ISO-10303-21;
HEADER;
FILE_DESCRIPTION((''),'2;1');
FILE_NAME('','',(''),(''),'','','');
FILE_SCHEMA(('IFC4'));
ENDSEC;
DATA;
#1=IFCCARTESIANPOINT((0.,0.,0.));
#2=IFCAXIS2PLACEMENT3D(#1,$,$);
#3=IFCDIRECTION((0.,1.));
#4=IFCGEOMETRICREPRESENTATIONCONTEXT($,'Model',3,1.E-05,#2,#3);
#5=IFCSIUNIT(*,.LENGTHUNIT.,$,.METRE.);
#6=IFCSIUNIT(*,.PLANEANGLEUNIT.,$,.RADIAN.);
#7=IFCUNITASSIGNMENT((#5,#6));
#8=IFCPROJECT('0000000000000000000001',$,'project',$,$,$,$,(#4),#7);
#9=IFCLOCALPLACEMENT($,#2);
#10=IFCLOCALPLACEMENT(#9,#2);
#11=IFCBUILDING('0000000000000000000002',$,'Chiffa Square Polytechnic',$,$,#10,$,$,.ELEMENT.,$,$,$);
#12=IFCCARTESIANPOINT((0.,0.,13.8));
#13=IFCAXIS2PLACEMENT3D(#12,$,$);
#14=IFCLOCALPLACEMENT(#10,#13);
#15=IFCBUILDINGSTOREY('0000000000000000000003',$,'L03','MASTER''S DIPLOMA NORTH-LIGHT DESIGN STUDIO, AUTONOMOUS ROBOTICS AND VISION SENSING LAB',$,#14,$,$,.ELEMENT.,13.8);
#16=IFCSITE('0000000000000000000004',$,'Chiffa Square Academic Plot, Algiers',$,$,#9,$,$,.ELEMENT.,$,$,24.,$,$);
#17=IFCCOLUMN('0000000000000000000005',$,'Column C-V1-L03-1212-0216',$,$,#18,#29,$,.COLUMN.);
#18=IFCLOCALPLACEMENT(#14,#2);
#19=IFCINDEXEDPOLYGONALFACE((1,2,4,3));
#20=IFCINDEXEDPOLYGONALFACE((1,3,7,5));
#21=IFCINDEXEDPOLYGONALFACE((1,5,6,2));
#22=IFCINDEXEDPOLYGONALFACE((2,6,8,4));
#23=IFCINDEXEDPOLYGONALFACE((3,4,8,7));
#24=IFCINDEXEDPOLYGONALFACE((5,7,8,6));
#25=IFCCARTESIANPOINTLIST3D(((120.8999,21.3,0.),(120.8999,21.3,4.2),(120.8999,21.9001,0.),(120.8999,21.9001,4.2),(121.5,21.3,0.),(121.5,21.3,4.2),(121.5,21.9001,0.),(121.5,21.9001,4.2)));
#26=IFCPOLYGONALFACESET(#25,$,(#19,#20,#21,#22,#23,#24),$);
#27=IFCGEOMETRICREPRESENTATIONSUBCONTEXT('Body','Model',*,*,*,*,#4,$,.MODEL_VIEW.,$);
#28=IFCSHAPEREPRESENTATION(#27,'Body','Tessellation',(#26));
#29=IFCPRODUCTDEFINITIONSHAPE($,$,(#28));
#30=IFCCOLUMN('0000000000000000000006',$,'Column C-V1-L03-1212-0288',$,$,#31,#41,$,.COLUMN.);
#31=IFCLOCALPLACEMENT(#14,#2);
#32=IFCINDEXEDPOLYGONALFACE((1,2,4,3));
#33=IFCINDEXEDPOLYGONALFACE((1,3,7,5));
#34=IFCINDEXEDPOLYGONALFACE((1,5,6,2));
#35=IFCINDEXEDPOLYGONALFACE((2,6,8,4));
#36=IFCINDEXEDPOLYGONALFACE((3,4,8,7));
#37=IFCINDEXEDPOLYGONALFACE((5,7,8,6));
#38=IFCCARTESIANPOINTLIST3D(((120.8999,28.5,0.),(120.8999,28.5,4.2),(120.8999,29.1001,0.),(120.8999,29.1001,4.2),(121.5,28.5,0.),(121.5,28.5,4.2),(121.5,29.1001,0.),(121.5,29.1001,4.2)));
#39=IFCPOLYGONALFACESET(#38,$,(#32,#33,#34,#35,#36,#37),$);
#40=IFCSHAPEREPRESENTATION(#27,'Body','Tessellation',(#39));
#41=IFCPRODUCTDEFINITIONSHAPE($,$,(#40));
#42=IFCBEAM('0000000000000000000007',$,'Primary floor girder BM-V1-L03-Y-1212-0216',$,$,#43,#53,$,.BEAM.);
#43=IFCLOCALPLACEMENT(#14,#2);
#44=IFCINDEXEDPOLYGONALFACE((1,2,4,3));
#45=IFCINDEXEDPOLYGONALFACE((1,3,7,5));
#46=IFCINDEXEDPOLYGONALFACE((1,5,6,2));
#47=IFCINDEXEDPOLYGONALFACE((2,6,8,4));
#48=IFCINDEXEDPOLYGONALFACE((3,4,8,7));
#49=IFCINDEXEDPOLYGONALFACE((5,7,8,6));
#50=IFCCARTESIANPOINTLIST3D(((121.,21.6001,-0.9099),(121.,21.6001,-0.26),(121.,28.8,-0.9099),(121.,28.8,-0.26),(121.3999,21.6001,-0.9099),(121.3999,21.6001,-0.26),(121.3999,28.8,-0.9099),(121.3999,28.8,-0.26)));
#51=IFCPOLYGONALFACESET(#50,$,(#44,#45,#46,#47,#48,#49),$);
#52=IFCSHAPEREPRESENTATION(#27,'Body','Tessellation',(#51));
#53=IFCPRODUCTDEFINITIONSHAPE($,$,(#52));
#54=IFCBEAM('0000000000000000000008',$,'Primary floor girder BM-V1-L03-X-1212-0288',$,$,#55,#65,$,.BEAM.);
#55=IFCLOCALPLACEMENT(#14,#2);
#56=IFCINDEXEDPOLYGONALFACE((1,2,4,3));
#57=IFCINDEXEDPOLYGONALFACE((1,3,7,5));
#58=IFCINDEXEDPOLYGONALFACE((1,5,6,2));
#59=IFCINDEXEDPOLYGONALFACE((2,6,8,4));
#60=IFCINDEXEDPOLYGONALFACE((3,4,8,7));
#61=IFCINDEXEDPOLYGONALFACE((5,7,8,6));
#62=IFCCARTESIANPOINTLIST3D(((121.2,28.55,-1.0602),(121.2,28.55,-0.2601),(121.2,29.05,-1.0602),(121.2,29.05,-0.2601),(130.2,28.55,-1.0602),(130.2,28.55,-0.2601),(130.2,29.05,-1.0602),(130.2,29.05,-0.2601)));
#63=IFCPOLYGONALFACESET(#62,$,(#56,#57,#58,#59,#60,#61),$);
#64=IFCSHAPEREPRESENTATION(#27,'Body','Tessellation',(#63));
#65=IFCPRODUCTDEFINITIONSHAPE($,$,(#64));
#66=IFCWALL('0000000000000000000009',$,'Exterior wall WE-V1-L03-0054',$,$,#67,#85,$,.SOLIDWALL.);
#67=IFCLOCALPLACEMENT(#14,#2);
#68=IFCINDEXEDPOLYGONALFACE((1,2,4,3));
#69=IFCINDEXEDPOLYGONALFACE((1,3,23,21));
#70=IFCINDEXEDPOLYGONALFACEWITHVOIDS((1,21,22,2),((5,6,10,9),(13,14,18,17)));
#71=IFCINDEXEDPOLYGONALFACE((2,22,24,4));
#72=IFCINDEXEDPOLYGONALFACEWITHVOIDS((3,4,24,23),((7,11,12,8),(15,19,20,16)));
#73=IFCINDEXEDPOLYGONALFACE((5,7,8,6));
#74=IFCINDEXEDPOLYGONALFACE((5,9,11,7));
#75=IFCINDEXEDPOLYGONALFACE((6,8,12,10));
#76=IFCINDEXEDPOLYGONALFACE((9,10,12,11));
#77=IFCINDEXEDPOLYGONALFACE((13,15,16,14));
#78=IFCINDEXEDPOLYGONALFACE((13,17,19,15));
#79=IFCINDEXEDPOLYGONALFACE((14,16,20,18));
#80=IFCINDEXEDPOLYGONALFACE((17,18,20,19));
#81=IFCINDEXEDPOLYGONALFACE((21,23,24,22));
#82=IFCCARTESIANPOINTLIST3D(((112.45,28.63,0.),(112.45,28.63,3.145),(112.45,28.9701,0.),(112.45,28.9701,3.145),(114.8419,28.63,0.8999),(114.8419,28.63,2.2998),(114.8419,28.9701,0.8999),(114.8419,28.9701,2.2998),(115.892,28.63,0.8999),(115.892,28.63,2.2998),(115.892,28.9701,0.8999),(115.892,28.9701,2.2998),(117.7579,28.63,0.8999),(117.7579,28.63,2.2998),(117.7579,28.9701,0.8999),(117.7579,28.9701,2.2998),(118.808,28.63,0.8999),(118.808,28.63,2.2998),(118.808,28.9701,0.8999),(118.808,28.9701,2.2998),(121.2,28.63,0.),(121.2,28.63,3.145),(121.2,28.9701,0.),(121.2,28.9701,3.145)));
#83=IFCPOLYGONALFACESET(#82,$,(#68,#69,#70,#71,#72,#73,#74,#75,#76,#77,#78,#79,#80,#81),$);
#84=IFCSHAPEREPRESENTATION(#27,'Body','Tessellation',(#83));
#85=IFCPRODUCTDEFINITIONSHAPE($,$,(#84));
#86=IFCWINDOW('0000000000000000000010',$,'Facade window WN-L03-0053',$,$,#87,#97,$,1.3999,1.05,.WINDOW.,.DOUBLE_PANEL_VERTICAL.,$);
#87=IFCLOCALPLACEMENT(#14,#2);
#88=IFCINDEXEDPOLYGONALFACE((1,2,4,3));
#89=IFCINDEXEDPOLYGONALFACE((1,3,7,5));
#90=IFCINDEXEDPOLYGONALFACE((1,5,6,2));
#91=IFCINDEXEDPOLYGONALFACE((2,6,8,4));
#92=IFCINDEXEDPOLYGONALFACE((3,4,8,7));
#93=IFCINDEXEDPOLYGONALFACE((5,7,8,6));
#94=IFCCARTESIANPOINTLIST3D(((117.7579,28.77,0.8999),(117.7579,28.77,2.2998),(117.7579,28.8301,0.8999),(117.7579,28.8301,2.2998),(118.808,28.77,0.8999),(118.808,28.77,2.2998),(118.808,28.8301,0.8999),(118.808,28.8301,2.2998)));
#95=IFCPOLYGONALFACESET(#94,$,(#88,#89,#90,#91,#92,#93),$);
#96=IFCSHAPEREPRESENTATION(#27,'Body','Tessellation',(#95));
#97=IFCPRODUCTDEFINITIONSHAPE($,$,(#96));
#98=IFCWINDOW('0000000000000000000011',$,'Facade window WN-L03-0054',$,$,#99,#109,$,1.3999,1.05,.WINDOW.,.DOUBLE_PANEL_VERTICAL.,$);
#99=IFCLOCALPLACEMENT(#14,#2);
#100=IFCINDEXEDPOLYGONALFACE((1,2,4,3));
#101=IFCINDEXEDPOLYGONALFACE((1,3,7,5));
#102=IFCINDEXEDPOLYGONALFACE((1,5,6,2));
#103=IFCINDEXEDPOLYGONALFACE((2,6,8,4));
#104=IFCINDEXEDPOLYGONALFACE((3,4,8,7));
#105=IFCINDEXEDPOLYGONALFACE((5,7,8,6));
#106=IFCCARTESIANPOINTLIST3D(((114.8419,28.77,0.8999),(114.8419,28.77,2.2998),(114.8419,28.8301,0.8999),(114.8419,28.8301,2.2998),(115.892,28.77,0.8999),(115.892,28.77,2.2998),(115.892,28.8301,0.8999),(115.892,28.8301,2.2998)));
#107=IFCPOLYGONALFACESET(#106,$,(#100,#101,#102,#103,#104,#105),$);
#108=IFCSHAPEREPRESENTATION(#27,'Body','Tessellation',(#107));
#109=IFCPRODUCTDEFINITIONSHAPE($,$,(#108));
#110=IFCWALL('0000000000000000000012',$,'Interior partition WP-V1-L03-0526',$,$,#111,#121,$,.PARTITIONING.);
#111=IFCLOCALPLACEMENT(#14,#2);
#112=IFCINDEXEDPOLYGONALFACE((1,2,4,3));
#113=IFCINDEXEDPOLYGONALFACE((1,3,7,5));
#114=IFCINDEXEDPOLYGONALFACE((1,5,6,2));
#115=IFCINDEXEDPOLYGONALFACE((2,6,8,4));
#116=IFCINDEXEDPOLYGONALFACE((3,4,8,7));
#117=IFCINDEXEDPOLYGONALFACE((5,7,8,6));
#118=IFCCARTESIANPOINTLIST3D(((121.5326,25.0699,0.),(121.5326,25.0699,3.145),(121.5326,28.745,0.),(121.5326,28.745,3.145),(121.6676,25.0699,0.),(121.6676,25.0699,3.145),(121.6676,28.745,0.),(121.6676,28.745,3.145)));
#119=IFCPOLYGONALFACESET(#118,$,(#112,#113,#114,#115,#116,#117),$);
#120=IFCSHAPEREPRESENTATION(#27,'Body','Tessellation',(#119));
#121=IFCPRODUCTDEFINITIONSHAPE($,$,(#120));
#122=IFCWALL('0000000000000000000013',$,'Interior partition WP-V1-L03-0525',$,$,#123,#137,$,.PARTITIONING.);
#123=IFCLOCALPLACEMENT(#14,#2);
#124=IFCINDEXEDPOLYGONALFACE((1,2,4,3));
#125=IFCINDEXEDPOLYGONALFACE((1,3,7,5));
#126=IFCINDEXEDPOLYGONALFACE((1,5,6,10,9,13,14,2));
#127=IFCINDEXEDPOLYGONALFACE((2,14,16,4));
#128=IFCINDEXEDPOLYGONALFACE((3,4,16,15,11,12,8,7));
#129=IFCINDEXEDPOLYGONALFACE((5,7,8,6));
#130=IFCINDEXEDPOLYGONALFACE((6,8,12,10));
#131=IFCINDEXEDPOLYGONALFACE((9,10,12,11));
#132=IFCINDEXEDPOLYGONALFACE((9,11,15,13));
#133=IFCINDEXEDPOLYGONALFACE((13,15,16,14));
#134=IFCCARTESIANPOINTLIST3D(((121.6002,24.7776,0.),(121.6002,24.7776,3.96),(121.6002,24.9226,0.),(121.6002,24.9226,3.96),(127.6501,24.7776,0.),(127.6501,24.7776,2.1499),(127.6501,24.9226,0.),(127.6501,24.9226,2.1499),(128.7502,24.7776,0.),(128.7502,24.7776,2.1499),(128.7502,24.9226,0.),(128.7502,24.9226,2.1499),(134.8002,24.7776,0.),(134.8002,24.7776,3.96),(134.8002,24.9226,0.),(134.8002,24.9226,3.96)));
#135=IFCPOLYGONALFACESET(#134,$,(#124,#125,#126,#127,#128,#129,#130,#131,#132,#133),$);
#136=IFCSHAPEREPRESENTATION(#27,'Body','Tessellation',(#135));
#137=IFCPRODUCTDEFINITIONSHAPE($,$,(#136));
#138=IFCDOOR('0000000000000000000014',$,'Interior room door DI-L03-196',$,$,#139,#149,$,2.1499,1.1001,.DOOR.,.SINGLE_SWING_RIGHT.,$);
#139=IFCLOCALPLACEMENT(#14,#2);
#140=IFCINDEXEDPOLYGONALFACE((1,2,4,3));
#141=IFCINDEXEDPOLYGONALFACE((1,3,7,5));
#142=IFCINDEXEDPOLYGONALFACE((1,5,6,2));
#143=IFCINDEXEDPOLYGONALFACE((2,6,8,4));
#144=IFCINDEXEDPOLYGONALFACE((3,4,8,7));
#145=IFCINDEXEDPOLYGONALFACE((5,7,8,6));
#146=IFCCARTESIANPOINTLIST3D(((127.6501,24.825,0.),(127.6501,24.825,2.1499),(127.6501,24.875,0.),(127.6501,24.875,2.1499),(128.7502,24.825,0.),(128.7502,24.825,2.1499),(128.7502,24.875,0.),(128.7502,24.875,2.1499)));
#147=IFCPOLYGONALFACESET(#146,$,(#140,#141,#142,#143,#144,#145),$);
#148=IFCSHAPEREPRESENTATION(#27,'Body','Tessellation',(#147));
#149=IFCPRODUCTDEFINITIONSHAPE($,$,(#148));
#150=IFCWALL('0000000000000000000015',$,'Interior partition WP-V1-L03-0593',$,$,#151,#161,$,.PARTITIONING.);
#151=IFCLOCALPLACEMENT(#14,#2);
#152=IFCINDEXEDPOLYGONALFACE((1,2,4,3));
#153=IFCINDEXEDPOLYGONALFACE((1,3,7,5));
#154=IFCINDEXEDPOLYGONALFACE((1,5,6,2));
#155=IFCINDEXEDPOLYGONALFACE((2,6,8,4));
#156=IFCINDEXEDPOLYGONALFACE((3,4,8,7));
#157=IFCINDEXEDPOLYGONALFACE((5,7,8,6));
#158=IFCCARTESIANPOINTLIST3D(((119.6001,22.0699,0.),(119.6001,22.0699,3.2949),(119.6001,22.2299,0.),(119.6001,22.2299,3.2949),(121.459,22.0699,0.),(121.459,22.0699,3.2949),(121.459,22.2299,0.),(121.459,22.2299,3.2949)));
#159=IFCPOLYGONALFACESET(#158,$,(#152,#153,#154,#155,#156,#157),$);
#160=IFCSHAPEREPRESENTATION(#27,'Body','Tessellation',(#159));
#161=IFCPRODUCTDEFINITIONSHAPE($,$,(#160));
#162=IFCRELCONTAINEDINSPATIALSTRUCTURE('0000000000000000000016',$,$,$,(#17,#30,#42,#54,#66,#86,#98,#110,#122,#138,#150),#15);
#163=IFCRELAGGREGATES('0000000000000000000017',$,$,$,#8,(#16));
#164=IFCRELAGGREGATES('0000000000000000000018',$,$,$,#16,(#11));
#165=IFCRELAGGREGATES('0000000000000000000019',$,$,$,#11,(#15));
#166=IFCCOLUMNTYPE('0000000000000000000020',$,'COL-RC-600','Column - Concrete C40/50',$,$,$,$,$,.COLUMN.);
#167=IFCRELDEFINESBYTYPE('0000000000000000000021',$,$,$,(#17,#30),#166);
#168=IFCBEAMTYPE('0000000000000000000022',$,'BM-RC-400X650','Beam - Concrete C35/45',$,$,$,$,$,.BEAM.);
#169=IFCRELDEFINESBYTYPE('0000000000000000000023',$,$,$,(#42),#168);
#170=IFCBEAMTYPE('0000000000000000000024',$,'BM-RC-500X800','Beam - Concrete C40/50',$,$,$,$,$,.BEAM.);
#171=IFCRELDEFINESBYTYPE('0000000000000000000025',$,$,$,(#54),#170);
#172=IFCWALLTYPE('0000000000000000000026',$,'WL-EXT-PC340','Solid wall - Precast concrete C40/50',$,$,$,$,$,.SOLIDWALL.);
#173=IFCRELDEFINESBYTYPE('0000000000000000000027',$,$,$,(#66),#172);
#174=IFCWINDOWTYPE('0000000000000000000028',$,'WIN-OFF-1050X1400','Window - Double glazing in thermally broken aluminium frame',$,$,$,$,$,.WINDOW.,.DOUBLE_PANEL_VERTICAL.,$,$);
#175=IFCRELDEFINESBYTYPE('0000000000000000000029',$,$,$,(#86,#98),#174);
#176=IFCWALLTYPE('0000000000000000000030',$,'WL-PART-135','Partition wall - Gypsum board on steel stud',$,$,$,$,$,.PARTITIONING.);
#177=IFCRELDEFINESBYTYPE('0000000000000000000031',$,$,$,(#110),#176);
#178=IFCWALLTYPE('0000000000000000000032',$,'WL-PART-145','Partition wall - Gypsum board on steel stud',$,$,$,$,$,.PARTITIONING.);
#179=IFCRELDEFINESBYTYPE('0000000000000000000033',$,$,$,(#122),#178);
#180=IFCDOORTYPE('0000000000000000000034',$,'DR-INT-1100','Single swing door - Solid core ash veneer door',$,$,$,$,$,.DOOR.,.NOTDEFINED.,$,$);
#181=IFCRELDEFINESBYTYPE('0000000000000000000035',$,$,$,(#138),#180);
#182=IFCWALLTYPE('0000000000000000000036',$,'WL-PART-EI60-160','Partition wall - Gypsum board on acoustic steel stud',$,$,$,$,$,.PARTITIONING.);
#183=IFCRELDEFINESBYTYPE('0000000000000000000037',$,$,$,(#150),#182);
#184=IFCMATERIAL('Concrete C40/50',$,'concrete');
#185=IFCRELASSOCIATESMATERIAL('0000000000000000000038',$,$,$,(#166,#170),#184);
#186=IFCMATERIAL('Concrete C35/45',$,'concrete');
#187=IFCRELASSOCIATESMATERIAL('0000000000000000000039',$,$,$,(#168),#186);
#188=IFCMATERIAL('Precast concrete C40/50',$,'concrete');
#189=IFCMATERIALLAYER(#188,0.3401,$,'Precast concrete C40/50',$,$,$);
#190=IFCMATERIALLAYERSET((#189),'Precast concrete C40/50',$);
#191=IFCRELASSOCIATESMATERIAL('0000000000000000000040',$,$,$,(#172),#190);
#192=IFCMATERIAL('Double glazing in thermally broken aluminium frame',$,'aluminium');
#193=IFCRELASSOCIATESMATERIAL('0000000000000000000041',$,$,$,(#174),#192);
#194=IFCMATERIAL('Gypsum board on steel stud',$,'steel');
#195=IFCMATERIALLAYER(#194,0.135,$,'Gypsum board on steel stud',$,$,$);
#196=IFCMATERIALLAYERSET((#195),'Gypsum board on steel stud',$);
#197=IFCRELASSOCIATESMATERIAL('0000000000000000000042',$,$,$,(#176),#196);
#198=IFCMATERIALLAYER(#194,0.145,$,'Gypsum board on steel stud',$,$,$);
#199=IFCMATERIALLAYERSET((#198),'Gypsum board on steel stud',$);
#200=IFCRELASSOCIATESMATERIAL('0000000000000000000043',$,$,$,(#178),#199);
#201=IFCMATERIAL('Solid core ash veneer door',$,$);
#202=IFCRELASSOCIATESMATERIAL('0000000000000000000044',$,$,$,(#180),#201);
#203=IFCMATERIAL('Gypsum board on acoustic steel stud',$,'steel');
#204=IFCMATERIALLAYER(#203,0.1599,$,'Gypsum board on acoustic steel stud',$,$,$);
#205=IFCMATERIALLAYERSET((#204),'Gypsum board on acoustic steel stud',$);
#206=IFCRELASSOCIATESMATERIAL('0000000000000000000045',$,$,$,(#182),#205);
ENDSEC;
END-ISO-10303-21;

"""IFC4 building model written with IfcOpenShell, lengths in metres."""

from ifc_helpers import new_model, si_unit, direction, frame, frame_2d, origin, origin_2d, place, context, subcontext, project, spatial, rectangle, extrude, material, layer, layer_set, material_profile, profile_set, type_object, element, fill, save


model = new_model("IFC4")

# Units and contexts
model_context = context("Model", 3, precision=1e-05, world=origin(), true_north=direction((0.0, 1.0)))
body_context = subcontext(model_context, "Body", "Model", "MODEL_VIEW")
ifc_project = project(units=[si_unit("LENGTHUNIT", "METRE"), si_unit("PLANEANGLEUNIT", "RADIAN")], contexts=[model_context])

# Site, building, storey
site_placement = place(None, origin())
site = spatial("IfcSite", under=ifc_project, at=site_placement, Name="Chiffa Square Academic Plot, Algiers", CompositionType="ELEMENT", RefElevation=24.0)
building_placement = place(site_placement, origin())
building = spatial("IfcBuilding", under=site, at=building_placement, Name="Chiffa Square Polytechnic", CompositionType="ELEMENT")
storey_placement = place(building_placement, frame((0.0, 0.0, 13.8)))
storey = spatial("IfcBuildingStorey", under=building, at=storey_placement, Name="L03", Description="MASTER'S DIPLOMA NORTH-LIGHT DESIGN STUDIO, AUTONOMOUS ROBOTICS AND VISION SENSING LAB", CompositionType="ELEMENT", Elevation=13.8)

# Columns
ifc_material_1 = material(Name="Concrete C40/50", Category="concrete")
ifc_material_profile_1 = material_profile(ifc_material_1, rectangle(XDim=0.6001, YDim=0.6001, at=origin_2d()), Name="RC 600x600")
ifc_profile_set_1 = profile_set([ifc_material_profile_1], Name="Concrete C40/50")
column_type = type_object("IfcColumnType", Name="COL-RC-600", Description="Column - Concrete C40/50", PredefinedType="COLUMN", material=ifc_profile_set_1)
for number, where, z_axis, x_axis, name in (
    (1, (121.2, 21.6001, 0.0), (0.0, 0.0, 1.0), (1.0, 0.0, 0.0), "Column C-V1-L03-1212-0216"),
    (2, (121.2, 28.8, 0.0), (0.0, 0.0, 1.0), (1.0, 0.0, 0.0), "Column C-V1-L03-1212-0288"),
):
    element("IfcColumn", number, at=place(storey_placement, frame(where, z_axis=z_axis, x_axis=x_axis)), inside=storey, type_object=column_type, Name=name, PredefinedType="COLUMN", context=body_context, shape_type="SweptSolid", body=[
        extrude(rectangle(XDim=0.6001, YDim=0.6001, at=origin_2d()), origin(), (0.0, 0.0, 1.0), 4.2),
    ])

# Beams
ifc_material_2 = material(Name="Concrete C35/45", Category="concrete")
ifc_material_profile_2 = material_profile(ifc_material_2, rectangle(XDim=0.3999, YDim=0.6499, at=origin_2d()), Name="RC 400x650")
ifc_profile_set_2 = profile_set([ifc_material_profile_2], Name="Concrete C35/45")
beam_type_1 = type_object("IfcBeamType", Name="BM-RC-400X650", Description="Beam - Concrete C35/45", PredefinedType="BEAM", material=ifc_profile_set_2)
beam_1_placement = place(storey_placement, frame((121.2, 21.6001, -0.585), z_axis=(0.0, 1.0, 0.0), x_axis=(-1.0, 0.0, 0.0)))
element("IfcBeam", 3, at=beam_1_placement, inside=storey, type_object=beam_type_1, Name="Primary floor girder BM-V1-L03-Y-1212-0216", PredefinedType="BEAM", context=body_context, shape_type="SweptSolid", body=[
    extrude(rectangle(XDim=0.3999, YDim=0.6499, at=origin_2d()), origin(), (0.0, 0.0, 1.0), 7.2),
])
ifc_material_profile_3 = material_profile(ifc_material_1, rectangle(XDim=0.5, YDim=0.8, at=origin_2d()), Name="RC 500x800")
ifc_profile_set_3 = profile_set([ifc_material_profile_3], Name="Concrete C40/50")
beam_type_2 = type_object("IfcBeamType", Name="BM-RC-500X800", Description="Beam - Concrete C40/50", PredefinedType="BEAM", material=ifc_profile_set_3)
beam_2_placement = place(storey_placement, frame((121.2, 28.8, -0.6602), z_axis=(1.0, 0.0, 0.0), x_axis=(0.0, 1.0, 0.0)))
element("IfcBeam", 4, at=beam_2_placement, inside=storey, type_object=beam_type_2, Name="Primary floor girder BM-V1-L03-X-1212-0288", PredefinedType="BEAM", context=body_context, shape_type="SweptSolid", body=[
    extrude(rectangle(XDim=0.5, YDim=0.8, at=origin_2d()), origin(), (0.0, 0.0, 1.0), 9.0),
])

# Wall, openings, windows
ifc_material_3 = material(Name="Precast concrete C40/50", Category="concrete")
ifc_layer_1 = layer(ifc_material_3, 0.3401, Name="Precast concrete C40/50")
ifc_layer_set_1 = layer_set([ifc_layer_1], Name="Precast concrete C40/50")
wall_type_1 = type_object("IfcWallType", Name="WL-EXT-PC340", Description="Solid wall - Precast concrete C40/50", PredefinedType="SOLIDWALL", material=ifc_layer_set_1)
wall_1_placement = place(storey_placement, frame((121.2, 28.8, 0.0), z_axis=(0.0, 0.0, 1.0), x_axis=(-1.0, 0.0, 0.0)))
wall_1 = element("IfcWall", 5, at=wall_1_placement, inside=storey, type_object=wall_type_1, Name="Exterior wall WE-V1-L03-0054", PredefinedType="SOLIDWALL", context=body_context, shape_type="SweptSolid", body=[
    extrude(rectangle(XDim=8.75, YDim=0.3401, at=frame_2d((4.375, 0.0))), origin(), (0.0, 0.0, 1.0), 3.145),
])
opening_1_placement = place(wall_1_placement, frame((2.3921, 0.0, 0.8999)))
opening_1 = element("IfcOpeningElement", 6, at=opening_1_placement, cuts=wall_1, PredefinedType="OPENING", context=body_context, shape_type="SweptSolid", body=[
    extrude(rectangle(XDim=1.05, YDim=1.3999, at=frame_2d((0.5249, 0.7))), frame((0.0, 0.1802, 0.0), z_axis=(0.0, -1.0, 0.0), x_axis=(1.0, 0.0, 0.0)), (0.0, 0.0, 1.0), 0.3601),
])
opening_2_placement = place(wall_1_placement, frame((5.3081, 0.0, 0.8999)))
opening_2 = element("IfcOpeningElement", 7, at=opening_2_placement, cuts=wall_1, PredefinedType="OPENING", context=body_context, shape_type="SweptSolid", body=[
    extrude(rectangle(XDim=1.05, YDim=1.3999, at=frame_2d((0.5249, 0.7))), frame((0.0, 0.1802, 0.0), z_axis=(0.0, -1.0, 0.0), x_axis=(1.0, 0.0, 0.0)), (0.0, 0.0, 1.0), 0.3601),
])
ifc_material_4 = material(Name="Double glazing in thermally broken aluminium frame", Category="aluminium")
window_type = type_object("IfcWindowType", Name="WIN-OFF-1050X1400", Description="Window - Double glazing in thermally broken aluminium frame", PartitioningType="DOUBLE_PANEL_VERTICAL", PredefinedType="WINDOW", material=ifc_material_4)
window_1_placement = place(opening_1_placement, origin())
window_1 = element("IfcWindow", 8, at=window_1_placement, inside=storey, type_object=window_type, Name="Facade window WN-L03-0053", OverallHeight=1.3999, OverallWidth=1.05, PartitioningType="DOUBLE_PANEL_VERTICAL", PredefinedType="WINDOW", context=body_context, shape_type="SweptSolid", body=[
    extrude(rectangle(XDim=1.05, YDim=1.3999, at=frame_2d((0.5249, 0.7))), frame((0.0, 0.03, 0.0), z_axis=(0.0, -1.0, 0.0), x_axis=(1.0, 0.0, 0.0)), (0.0, 0.0, 1.0), 0.0601),
])
fill(opening_1, window_1)
window_2_placement = place(opening_2_placement, origin())
window_2 = element("IfcWindow", 9, at=window_2_placement, inside=storey, type_object=window_type, Name="Facade window WN-L03-0054", OverallHeight=1.3999, OverallWidth=1.05, PartitioningType="DOUBLE_PANEL_VERTICAL", PredefinedType="WINDOW", context=body_context, shape_type="SweptSolid", body=[
    extrude(rectangle(XDim=1.05, YDim=1.3999, at=frame_2d((0.5249, 0.7))), frame((0.0, 0.03, 0.0), z_axis=(0.0, -1.0, 0.0), x_axis=(1.0, 0.0, 0.0)), (0.0, 0.0, 1.0), 0.0601),
])
fill(opening_2, window_2)

# Wall
ifc_material_5 = material(Name="Gypsum board on steel stud", Category="steel")
ifc_layer_2 = layer(ifc_material_5, 0.135, Name="Gypsum board on steel stud")
ifc_layer_set_2 = layer_set([ifc_layer_2], Name="Gypsum board on steel stud")
wall_type_2 = type_object("IfcWallType", Name="WL-PART-135", Description="Partition wall - Gypsum board on steel stud", PredefinedType="PARTITIONING", material=ifc_layer_set_2)
wall_2_placement = place(storey_placement, frame((121.6001, 25.0701, 0.0), z_axis=(0.0, 0.0, 1.0), x_axis=(0.0, 1.0, 0.0)))
element("IfcWall", 10, at=wall_2_placement, inside=storey, type_object=wall_type_2, Name="Interior partition WP-V1-L03-0526", PredefinedType="PARTITIONING", context=body_context, shape_type="SweptSolid", body=[
    extrude(rectangle(XDim=3.675, YDim=0.135, at=frame_2d((1.8374, 0.0))), origin(), (0.0, 0.0, 1.0), 3.145),
])

# Wall, opening, door
ifc_layer_3 = layer(ifc_material_5, 0.145, Name="Gypsum board on steel stud")
ifc_layer_set_3 = layer_set([ifc_layer_3], Name="Gypsum board on steel stud")
wall_type_3 = type_object("IfcWallType", Name="WL-PART-145", Description="Partition wall - Gypsum board on steel stud", PredefinedType="PARTITIONING", material=ifc_layer_set_3)
wall_3_placement = place(storey_placement, frame((121.6001, 24.8501, 0.0), z_axis=(0.0, 0.0, 1.0), x_axis=(1.0, 0.0, 0.0)))
wall_3 = element("IfcWall", 11, at=wall_3_placement, inside=storey, type_object=wall_type_3, Name="Interior partition WP-V1-L03-0525", PredefinedType="PARTITIONING", context=body_context, shape_type="SweptSolid", body=[
    extrude(rectangle(XDim=13.2, YDim=0.145, at=frame_2d((6.6001, 0.0))), origin(), (0.0, 0.0, 1.0), 3.96),
])
opening_3_placement = place(wall_3_placement, frame((6.05, 0.0, 0.0)))
opening_3 = element("IfcOpeningElement", 12, at=opening_3_placement, cuts=wall_3, PredefinedType="OPENING", context=body_context, shape_type="SweptSolid", body=[
    extrude(rectangle(XDim=1.1001, YDim=2.1499, at=frame_2d((0.55, 1.075))), frame((0.0, 0.0825, 0.0), z_axis=(0.0, -1.0, 0.0), x_axis=(1.0, 0.0, 0.0)), (0.0, 0.0, 1.0), 0.165),
])
ifc_material_6 = material(Name="Solid core ash veneer door")
door_type_1 = type_object("IfcDoorType", Name="DR-INT-1100", Description="Single swing door - Solid core ash veneer door", OperationType="NOTDEFINED", PredefinedType="DOOR", material=ifc_material_6)
door_1_placement = place(opening_3_placement, origin())
door_1 = element("IfcDoor", 13, at=door_1_placement, inside=storey, type_object=door_type_1, Name="Interior room door DI-L03-196", OperationType="SINGLE_SWING_RIGHT", OverallHeight=2.1499, OverallWidth=1.1001, PredefinedType="DOOR", context=body_context, shape_type="SweptSolid", body=[
    extrude(rectangle(XDim=1.1001, YDim=2.1499, at=frame_2d((0.55, 1.075))), frame((0.0, 0.0249, 0.0), z_axis=(0.0, -1.0, 0.0), x_axis=(1.0, 0.0, 0.0)), (0.0, 0.0, 1.0), 0.05),
])
fill(opening_3, door_1)

# Wall
ifc_material_7 = material(Name="Gypsum board on acoustic steel stud", Category="steel")
ifc_layer_4 = layer(ifc_material_7, 0.1599, Name="Gypsum board on acoustic steel stud")
ifc_layer_set_4 = layer_set([ifc_layer_4], Name="Gypsum board on acoustic steel stud")
wall_type_4 = type_object("IfcWallType", Name="WL-PART-EI60-160", Description="Partition wall - Gypsum board on acoustic steel stud", PredefinedType="PARTITIONING", material=ifc_layer_set_4)
wall_4_placement = place(storey_placement, frame((119.6001, 22.1499, 0.0), z_axis=(0.0, 0.0, 1.0), x_axis=(1.0, 0.0, 0.0)))
element("IfcWall", 14, at=wall_4_placement, inside=storey, type_object=wall_type_4, Name="Interior partition WP-V1-L03-0593", PredefinedType="PARTITIONING", context=body_context, shape_type="SweptSolid", body=[
    extrude(rectangle(XDim=1.8589, YDim=0.1599, at=frame_2d((0.9294, 0.0))), origin(), (0.0, 0.0, 1.0), 3.2949),
])

save(model, "model.ifc")
